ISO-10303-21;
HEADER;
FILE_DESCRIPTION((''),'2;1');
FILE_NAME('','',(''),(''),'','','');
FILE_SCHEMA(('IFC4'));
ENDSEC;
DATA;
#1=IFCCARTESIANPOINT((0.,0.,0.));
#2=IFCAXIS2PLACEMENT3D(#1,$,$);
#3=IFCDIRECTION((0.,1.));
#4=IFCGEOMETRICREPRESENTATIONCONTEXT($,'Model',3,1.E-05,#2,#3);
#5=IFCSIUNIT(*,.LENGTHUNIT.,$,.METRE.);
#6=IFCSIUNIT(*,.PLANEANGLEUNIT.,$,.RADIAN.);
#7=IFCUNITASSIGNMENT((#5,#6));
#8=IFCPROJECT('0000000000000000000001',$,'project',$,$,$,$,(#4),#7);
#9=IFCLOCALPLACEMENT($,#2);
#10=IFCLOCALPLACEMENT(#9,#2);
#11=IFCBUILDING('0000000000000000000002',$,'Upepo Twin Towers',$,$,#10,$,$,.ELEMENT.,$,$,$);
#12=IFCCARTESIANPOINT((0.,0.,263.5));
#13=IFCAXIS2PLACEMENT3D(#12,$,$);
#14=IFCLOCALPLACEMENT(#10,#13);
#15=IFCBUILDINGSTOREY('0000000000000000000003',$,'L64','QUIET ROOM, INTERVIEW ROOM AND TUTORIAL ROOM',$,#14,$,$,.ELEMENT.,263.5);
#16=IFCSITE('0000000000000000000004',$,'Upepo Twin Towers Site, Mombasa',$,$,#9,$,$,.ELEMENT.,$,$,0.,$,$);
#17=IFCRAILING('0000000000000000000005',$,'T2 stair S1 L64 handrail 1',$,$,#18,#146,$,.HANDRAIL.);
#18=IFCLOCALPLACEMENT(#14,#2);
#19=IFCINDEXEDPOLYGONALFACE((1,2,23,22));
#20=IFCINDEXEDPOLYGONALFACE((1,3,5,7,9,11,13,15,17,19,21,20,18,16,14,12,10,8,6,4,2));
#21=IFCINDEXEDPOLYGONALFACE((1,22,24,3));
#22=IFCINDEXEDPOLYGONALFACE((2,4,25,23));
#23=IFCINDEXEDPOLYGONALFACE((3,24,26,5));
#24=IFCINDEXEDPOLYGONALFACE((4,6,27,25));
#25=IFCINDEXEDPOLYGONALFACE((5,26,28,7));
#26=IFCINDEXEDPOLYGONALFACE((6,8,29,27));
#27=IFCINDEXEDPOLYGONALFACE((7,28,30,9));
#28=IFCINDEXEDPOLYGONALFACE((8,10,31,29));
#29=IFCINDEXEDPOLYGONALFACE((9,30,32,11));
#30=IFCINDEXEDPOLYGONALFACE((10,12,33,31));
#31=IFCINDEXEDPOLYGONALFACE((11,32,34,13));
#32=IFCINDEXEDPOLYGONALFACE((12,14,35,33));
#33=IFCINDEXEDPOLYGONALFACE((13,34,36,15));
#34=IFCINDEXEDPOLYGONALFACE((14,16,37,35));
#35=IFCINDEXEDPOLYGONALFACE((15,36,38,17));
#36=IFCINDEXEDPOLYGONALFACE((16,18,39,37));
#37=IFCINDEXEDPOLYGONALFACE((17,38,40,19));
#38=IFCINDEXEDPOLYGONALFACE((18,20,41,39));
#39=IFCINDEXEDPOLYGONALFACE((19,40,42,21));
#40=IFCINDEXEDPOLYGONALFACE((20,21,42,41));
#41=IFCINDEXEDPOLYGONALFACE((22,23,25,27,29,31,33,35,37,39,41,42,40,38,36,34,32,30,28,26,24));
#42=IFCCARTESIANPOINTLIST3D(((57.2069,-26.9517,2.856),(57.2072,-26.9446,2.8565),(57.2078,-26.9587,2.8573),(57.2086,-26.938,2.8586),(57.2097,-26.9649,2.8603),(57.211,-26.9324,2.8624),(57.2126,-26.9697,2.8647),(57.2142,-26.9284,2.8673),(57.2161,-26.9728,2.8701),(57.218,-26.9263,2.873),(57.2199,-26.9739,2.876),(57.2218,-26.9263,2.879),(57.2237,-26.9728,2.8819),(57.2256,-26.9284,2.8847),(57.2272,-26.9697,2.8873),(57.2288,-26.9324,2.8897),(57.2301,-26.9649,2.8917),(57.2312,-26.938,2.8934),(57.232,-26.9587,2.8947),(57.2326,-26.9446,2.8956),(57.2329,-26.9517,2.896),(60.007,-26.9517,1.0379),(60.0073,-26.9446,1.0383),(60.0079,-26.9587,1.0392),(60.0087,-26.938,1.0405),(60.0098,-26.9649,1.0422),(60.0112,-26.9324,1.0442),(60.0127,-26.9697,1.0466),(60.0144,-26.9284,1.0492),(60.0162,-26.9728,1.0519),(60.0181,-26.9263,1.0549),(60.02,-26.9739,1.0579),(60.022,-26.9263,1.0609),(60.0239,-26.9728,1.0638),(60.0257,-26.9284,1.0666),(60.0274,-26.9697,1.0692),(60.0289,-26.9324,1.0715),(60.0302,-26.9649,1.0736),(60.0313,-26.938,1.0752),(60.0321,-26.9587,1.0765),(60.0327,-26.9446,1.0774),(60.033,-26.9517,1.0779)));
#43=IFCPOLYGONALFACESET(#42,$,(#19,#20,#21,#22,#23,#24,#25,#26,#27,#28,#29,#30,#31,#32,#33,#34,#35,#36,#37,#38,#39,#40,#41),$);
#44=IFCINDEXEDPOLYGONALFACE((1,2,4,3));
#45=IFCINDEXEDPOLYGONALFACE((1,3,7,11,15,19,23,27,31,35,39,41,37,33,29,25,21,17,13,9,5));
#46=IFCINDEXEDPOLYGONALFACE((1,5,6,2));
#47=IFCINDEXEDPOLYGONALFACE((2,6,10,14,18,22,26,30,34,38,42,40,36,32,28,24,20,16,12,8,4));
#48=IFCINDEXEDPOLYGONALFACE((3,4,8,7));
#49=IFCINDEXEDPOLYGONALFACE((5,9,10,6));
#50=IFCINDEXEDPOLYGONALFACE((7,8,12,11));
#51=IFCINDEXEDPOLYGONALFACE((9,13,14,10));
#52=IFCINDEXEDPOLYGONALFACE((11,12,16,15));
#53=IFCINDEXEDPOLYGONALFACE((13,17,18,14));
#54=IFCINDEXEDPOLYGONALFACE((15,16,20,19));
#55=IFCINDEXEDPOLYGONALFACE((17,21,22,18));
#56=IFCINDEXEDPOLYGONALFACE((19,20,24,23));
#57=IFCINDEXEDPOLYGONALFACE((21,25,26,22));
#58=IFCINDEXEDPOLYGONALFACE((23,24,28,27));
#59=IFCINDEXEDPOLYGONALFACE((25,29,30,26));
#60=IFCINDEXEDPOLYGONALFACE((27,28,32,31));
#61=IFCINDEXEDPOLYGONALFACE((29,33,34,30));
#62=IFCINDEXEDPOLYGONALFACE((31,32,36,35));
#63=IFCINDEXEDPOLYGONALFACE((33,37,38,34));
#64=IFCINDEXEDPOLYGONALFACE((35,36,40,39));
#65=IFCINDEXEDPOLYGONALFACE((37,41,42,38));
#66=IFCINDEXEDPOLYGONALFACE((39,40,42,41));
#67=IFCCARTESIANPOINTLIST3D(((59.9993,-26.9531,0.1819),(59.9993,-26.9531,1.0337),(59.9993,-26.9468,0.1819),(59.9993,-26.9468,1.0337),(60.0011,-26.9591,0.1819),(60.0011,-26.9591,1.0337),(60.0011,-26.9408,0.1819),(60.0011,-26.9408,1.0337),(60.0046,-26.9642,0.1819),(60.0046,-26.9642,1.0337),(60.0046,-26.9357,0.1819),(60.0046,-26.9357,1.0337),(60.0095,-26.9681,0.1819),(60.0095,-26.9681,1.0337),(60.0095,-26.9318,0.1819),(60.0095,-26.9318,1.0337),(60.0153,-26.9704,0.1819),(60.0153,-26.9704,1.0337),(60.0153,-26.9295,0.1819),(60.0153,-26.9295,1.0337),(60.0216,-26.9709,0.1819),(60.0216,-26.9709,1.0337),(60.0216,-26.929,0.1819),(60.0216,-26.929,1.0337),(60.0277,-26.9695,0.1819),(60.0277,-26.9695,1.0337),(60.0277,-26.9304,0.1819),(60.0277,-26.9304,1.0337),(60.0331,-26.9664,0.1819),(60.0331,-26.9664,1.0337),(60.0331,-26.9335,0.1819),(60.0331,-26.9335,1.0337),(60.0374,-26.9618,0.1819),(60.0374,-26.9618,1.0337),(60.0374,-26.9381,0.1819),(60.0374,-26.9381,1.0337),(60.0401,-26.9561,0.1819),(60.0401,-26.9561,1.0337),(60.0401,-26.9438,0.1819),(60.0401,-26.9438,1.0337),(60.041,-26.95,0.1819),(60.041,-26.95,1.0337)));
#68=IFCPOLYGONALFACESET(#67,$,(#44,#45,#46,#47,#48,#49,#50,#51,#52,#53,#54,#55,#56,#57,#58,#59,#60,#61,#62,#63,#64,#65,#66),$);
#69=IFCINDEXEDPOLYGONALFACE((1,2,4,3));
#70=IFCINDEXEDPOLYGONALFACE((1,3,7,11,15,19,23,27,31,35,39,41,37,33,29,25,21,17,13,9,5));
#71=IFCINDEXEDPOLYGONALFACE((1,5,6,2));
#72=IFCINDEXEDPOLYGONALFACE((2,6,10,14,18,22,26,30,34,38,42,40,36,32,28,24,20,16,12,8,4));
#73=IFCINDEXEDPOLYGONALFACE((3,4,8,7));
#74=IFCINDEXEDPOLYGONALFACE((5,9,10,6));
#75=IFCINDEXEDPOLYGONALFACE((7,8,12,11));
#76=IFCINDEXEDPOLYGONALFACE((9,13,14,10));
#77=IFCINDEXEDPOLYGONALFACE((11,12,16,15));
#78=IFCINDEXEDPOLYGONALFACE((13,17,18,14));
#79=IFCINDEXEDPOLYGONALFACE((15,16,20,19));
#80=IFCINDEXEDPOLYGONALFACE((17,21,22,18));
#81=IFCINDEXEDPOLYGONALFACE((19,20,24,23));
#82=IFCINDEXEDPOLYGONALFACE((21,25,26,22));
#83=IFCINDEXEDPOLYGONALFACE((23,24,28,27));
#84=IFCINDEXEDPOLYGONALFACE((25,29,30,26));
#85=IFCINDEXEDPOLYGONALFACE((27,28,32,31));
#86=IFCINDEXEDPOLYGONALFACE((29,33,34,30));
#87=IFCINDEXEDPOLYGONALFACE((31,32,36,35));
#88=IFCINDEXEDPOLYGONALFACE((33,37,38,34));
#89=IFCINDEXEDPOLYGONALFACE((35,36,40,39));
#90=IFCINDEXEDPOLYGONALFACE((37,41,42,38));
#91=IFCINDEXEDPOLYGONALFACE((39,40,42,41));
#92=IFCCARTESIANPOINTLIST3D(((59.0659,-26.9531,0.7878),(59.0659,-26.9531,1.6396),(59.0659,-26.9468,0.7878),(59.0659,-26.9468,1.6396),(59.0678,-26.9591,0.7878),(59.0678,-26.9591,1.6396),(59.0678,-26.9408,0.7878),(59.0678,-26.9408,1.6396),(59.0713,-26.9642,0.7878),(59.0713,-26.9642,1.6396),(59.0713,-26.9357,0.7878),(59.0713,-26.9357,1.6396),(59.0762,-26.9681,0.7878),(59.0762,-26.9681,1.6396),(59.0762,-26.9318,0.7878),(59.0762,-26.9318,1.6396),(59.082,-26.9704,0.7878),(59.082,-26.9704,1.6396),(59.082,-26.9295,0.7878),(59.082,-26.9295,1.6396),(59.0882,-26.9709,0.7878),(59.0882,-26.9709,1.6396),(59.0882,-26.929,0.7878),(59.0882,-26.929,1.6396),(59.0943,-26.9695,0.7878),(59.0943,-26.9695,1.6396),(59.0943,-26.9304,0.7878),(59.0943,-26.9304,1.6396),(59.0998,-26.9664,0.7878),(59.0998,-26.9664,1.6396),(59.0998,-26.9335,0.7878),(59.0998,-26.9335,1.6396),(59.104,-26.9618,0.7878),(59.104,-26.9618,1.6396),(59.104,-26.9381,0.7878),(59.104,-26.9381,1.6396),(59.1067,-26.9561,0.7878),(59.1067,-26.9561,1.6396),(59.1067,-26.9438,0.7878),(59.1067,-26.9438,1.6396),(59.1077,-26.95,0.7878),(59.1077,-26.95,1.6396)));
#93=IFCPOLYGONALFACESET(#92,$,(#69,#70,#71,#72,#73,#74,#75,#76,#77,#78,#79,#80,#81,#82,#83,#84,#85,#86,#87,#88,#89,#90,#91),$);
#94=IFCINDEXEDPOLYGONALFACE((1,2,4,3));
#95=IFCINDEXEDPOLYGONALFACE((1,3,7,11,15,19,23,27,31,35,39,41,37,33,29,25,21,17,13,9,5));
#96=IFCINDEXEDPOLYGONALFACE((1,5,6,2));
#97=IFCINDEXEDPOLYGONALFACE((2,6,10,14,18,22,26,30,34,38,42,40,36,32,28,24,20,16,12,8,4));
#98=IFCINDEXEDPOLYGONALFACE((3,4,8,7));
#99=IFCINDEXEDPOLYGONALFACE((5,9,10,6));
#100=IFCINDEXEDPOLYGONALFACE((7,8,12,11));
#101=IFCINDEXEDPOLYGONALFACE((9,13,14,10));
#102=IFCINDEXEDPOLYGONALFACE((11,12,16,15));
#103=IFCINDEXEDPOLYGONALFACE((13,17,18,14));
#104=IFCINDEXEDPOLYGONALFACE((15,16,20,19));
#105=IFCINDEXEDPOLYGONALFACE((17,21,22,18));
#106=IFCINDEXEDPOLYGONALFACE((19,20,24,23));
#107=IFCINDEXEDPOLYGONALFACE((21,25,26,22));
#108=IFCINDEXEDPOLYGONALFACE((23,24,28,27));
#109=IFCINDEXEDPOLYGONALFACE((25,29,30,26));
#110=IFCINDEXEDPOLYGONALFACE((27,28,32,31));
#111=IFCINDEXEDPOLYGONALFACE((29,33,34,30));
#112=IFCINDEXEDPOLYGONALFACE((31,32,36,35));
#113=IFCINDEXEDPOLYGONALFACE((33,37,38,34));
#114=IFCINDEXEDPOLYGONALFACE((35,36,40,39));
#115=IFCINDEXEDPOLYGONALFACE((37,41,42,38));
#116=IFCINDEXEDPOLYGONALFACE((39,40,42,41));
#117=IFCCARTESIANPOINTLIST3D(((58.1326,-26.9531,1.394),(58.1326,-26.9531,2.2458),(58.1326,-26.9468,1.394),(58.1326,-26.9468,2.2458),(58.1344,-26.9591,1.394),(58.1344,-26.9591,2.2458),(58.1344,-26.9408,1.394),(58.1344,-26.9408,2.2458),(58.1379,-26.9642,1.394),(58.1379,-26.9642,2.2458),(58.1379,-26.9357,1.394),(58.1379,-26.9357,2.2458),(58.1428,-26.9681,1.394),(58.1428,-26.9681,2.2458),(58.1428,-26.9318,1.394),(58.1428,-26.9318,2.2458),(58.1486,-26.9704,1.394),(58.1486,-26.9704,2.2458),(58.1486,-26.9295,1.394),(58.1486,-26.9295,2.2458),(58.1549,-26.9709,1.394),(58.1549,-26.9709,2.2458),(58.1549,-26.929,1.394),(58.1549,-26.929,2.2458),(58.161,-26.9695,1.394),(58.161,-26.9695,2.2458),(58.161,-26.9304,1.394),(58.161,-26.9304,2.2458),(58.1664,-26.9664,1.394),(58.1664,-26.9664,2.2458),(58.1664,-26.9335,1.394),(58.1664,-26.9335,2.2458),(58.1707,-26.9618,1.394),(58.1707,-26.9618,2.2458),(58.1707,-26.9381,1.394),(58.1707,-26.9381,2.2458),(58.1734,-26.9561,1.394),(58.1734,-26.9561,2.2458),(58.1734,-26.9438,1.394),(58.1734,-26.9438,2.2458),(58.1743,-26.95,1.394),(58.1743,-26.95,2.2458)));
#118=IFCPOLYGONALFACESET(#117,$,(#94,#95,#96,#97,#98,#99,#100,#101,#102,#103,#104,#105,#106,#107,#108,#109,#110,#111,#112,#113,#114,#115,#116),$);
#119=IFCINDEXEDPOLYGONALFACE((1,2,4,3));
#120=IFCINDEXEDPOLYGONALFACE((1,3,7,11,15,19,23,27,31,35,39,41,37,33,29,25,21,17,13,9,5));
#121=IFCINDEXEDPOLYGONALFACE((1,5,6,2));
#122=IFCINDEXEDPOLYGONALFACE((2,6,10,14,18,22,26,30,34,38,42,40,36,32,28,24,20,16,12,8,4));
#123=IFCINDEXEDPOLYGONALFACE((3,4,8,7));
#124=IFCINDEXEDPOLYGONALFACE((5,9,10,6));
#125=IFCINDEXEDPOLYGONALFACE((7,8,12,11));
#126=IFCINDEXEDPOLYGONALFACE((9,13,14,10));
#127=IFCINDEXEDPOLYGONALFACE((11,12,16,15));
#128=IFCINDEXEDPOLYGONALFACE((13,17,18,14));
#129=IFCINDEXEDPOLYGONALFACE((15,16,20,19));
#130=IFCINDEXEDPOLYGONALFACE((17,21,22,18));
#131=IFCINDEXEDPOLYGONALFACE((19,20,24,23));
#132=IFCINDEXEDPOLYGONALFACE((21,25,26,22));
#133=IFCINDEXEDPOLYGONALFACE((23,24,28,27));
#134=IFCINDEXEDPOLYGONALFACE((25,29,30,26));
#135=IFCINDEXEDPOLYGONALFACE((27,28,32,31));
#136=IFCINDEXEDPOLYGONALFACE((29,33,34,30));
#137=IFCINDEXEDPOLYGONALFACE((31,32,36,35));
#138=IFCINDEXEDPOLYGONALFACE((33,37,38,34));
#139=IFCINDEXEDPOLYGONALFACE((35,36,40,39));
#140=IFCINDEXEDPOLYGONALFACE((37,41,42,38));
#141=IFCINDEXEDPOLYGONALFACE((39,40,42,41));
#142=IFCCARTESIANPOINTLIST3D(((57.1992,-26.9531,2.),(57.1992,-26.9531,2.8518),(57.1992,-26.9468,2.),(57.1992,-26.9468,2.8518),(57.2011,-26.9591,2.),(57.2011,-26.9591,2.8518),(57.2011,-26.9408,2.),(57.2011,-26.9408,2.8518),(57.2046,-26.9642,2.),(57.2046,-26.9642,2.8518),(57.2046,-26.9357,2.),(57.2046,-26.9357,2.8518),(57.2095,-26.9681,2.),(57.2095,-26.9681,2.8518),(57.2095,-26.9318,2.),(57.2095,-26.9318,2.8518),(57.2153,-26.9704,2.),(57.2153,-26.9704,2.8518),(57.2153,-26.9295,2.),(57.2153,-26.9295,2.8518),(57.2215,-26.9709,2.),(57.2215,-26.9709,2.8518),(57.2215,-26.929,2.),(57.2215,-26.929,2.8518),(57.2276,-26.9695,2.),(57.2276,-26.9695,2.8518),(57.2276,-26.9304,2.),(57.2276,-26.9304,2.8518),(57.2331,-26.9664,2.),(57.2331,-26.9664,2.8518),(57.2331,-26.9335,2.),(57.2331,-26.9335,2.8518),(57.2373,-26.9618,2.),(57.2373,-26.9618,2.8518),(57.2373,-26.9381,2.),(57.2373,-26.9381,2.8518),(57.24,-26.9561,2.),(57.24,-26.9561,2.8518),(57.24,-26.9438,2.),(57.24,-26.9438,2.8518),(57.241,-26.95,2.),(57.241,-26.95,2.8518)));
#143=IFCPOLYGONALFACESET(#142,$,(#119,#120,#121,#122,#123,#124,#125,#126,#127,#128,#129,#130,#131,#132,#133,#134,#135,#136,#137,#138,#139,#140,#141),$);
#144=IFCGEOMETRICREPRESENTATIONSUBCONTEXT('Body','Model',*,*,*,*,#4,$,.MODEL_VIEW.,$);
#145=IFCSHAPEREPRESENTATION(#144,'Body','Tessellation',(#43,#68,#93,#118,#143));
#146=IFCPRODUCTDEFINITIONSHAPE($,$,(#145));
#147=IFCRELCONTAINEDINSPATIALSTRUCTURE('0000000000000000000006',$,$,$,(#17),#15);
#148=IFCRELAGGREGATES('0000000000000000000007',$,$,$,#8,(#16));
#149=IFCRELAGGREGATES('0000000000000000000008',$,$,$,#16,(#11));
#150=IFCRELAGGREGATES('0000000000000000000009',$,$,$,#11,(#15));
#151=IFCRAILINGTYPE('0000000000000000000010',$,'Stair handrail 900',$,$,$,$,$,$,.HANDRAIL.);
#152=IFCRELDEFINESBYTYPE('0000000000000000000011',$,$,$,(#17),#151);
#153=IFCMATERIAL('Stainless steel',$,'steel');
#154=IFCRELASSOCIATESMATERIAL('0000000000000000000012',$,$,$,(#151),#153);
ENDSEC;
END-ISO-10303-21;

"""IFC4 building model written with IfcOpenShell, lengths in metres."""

from ifc_helpers import new_model, si_unit, direction, frame, origin, origin_2d, place, context, subcontext, project, spatial, circle, extrude, material, type_object, element, save


model = new_model("IFC4")

# Units and contexts
model_context = context("Model", 3, precision=1e-05, world=origin(), true_north=direction((0.0, 1.0)))
body_context = subcontext(model_context, "Body", "Model", "MODEL_VIEW")
ifc_project = project(units=[si_unit("LENGTHUNIT", "METRE"), si_unit("PLANEANGLEUNIT", "RADIAN")], contexts=[model_context])

# Site, building, storey
site_placement = place(None, origin())
site = spatial("IfcSite", under=ifc_project, at=site_placement, Name="Upepo Twin Towers Site, Mombasa", CompositionType="ELEMENT", RefElevation=0.0)
building_placement = place(site_placement, origin())
building = spatial("IfcBuilding", under=site, at=building_placement, Name="Upepo Twin Towers", CompositionType="ELEMENT")
storey_placement = place(building_placement, frame((0.0, 0.0, 263.5)))
storey = spatial("IfcBuildingStorey", under=building, at=storey_placement, Name="L64", Description="QUIET ROOM, INTERVIEW ROOM AND TUTORIAL ROOM", CompositionType="ELEMENT", Elevation=263.5)

# Railing
ifc_material_1 = material(Name="Stainless steel", Category="steel")
railing_type = type_object("IfcRailingType", Name="Stair handrail 900", PredefinedType="HANDRAIL", material=ifc_material_1)
railing_1_placement = place(storey_placement, frame((60.02, -26.95, 0.1819)))
element("IfcRailing", 1, at=railing_1_placement, inside=storey, type_object=railing_type, Name="T2 stair S1 L64 handrail 1", PredefinedType="HANDRAIL", context=body_context, shape_type="SweptSolid", body=[
    extrude(circle(Radius=0.0239, at=origin_2d()), frame((0.0, 0.0, 0.876), z_axis=(-0.838706, 0.0, 0.544585), x_axis=(0.0, -1.0, 0.0)), (0.0, 0.0, 1.0), 3.3386),
    extrude(circle(Radius=0.021, at=origin_2d()), origin(), (0.0, 0.0, 1.0), 0.8518),
    extrude(circle(Radius=0.021, at=origin_2d()), frame((-0.9333, 0.0, 0.606)), (0.0, 0.0, 1.0), 0.8518),
    extrude(circle(Radius=0.021, at=origin_2d()), frame((-1.8667, 0.0, 1.2122)), (0.0, 0.0, 1.0), 0.8518),
    extrude(circle(Radius=0.021, at=origin_2d()), frame((-2.8, 0.0, 1.8181)), (0.0, 0.0, 1.0), 0.8518),
])

save(model, "model.ifc")
